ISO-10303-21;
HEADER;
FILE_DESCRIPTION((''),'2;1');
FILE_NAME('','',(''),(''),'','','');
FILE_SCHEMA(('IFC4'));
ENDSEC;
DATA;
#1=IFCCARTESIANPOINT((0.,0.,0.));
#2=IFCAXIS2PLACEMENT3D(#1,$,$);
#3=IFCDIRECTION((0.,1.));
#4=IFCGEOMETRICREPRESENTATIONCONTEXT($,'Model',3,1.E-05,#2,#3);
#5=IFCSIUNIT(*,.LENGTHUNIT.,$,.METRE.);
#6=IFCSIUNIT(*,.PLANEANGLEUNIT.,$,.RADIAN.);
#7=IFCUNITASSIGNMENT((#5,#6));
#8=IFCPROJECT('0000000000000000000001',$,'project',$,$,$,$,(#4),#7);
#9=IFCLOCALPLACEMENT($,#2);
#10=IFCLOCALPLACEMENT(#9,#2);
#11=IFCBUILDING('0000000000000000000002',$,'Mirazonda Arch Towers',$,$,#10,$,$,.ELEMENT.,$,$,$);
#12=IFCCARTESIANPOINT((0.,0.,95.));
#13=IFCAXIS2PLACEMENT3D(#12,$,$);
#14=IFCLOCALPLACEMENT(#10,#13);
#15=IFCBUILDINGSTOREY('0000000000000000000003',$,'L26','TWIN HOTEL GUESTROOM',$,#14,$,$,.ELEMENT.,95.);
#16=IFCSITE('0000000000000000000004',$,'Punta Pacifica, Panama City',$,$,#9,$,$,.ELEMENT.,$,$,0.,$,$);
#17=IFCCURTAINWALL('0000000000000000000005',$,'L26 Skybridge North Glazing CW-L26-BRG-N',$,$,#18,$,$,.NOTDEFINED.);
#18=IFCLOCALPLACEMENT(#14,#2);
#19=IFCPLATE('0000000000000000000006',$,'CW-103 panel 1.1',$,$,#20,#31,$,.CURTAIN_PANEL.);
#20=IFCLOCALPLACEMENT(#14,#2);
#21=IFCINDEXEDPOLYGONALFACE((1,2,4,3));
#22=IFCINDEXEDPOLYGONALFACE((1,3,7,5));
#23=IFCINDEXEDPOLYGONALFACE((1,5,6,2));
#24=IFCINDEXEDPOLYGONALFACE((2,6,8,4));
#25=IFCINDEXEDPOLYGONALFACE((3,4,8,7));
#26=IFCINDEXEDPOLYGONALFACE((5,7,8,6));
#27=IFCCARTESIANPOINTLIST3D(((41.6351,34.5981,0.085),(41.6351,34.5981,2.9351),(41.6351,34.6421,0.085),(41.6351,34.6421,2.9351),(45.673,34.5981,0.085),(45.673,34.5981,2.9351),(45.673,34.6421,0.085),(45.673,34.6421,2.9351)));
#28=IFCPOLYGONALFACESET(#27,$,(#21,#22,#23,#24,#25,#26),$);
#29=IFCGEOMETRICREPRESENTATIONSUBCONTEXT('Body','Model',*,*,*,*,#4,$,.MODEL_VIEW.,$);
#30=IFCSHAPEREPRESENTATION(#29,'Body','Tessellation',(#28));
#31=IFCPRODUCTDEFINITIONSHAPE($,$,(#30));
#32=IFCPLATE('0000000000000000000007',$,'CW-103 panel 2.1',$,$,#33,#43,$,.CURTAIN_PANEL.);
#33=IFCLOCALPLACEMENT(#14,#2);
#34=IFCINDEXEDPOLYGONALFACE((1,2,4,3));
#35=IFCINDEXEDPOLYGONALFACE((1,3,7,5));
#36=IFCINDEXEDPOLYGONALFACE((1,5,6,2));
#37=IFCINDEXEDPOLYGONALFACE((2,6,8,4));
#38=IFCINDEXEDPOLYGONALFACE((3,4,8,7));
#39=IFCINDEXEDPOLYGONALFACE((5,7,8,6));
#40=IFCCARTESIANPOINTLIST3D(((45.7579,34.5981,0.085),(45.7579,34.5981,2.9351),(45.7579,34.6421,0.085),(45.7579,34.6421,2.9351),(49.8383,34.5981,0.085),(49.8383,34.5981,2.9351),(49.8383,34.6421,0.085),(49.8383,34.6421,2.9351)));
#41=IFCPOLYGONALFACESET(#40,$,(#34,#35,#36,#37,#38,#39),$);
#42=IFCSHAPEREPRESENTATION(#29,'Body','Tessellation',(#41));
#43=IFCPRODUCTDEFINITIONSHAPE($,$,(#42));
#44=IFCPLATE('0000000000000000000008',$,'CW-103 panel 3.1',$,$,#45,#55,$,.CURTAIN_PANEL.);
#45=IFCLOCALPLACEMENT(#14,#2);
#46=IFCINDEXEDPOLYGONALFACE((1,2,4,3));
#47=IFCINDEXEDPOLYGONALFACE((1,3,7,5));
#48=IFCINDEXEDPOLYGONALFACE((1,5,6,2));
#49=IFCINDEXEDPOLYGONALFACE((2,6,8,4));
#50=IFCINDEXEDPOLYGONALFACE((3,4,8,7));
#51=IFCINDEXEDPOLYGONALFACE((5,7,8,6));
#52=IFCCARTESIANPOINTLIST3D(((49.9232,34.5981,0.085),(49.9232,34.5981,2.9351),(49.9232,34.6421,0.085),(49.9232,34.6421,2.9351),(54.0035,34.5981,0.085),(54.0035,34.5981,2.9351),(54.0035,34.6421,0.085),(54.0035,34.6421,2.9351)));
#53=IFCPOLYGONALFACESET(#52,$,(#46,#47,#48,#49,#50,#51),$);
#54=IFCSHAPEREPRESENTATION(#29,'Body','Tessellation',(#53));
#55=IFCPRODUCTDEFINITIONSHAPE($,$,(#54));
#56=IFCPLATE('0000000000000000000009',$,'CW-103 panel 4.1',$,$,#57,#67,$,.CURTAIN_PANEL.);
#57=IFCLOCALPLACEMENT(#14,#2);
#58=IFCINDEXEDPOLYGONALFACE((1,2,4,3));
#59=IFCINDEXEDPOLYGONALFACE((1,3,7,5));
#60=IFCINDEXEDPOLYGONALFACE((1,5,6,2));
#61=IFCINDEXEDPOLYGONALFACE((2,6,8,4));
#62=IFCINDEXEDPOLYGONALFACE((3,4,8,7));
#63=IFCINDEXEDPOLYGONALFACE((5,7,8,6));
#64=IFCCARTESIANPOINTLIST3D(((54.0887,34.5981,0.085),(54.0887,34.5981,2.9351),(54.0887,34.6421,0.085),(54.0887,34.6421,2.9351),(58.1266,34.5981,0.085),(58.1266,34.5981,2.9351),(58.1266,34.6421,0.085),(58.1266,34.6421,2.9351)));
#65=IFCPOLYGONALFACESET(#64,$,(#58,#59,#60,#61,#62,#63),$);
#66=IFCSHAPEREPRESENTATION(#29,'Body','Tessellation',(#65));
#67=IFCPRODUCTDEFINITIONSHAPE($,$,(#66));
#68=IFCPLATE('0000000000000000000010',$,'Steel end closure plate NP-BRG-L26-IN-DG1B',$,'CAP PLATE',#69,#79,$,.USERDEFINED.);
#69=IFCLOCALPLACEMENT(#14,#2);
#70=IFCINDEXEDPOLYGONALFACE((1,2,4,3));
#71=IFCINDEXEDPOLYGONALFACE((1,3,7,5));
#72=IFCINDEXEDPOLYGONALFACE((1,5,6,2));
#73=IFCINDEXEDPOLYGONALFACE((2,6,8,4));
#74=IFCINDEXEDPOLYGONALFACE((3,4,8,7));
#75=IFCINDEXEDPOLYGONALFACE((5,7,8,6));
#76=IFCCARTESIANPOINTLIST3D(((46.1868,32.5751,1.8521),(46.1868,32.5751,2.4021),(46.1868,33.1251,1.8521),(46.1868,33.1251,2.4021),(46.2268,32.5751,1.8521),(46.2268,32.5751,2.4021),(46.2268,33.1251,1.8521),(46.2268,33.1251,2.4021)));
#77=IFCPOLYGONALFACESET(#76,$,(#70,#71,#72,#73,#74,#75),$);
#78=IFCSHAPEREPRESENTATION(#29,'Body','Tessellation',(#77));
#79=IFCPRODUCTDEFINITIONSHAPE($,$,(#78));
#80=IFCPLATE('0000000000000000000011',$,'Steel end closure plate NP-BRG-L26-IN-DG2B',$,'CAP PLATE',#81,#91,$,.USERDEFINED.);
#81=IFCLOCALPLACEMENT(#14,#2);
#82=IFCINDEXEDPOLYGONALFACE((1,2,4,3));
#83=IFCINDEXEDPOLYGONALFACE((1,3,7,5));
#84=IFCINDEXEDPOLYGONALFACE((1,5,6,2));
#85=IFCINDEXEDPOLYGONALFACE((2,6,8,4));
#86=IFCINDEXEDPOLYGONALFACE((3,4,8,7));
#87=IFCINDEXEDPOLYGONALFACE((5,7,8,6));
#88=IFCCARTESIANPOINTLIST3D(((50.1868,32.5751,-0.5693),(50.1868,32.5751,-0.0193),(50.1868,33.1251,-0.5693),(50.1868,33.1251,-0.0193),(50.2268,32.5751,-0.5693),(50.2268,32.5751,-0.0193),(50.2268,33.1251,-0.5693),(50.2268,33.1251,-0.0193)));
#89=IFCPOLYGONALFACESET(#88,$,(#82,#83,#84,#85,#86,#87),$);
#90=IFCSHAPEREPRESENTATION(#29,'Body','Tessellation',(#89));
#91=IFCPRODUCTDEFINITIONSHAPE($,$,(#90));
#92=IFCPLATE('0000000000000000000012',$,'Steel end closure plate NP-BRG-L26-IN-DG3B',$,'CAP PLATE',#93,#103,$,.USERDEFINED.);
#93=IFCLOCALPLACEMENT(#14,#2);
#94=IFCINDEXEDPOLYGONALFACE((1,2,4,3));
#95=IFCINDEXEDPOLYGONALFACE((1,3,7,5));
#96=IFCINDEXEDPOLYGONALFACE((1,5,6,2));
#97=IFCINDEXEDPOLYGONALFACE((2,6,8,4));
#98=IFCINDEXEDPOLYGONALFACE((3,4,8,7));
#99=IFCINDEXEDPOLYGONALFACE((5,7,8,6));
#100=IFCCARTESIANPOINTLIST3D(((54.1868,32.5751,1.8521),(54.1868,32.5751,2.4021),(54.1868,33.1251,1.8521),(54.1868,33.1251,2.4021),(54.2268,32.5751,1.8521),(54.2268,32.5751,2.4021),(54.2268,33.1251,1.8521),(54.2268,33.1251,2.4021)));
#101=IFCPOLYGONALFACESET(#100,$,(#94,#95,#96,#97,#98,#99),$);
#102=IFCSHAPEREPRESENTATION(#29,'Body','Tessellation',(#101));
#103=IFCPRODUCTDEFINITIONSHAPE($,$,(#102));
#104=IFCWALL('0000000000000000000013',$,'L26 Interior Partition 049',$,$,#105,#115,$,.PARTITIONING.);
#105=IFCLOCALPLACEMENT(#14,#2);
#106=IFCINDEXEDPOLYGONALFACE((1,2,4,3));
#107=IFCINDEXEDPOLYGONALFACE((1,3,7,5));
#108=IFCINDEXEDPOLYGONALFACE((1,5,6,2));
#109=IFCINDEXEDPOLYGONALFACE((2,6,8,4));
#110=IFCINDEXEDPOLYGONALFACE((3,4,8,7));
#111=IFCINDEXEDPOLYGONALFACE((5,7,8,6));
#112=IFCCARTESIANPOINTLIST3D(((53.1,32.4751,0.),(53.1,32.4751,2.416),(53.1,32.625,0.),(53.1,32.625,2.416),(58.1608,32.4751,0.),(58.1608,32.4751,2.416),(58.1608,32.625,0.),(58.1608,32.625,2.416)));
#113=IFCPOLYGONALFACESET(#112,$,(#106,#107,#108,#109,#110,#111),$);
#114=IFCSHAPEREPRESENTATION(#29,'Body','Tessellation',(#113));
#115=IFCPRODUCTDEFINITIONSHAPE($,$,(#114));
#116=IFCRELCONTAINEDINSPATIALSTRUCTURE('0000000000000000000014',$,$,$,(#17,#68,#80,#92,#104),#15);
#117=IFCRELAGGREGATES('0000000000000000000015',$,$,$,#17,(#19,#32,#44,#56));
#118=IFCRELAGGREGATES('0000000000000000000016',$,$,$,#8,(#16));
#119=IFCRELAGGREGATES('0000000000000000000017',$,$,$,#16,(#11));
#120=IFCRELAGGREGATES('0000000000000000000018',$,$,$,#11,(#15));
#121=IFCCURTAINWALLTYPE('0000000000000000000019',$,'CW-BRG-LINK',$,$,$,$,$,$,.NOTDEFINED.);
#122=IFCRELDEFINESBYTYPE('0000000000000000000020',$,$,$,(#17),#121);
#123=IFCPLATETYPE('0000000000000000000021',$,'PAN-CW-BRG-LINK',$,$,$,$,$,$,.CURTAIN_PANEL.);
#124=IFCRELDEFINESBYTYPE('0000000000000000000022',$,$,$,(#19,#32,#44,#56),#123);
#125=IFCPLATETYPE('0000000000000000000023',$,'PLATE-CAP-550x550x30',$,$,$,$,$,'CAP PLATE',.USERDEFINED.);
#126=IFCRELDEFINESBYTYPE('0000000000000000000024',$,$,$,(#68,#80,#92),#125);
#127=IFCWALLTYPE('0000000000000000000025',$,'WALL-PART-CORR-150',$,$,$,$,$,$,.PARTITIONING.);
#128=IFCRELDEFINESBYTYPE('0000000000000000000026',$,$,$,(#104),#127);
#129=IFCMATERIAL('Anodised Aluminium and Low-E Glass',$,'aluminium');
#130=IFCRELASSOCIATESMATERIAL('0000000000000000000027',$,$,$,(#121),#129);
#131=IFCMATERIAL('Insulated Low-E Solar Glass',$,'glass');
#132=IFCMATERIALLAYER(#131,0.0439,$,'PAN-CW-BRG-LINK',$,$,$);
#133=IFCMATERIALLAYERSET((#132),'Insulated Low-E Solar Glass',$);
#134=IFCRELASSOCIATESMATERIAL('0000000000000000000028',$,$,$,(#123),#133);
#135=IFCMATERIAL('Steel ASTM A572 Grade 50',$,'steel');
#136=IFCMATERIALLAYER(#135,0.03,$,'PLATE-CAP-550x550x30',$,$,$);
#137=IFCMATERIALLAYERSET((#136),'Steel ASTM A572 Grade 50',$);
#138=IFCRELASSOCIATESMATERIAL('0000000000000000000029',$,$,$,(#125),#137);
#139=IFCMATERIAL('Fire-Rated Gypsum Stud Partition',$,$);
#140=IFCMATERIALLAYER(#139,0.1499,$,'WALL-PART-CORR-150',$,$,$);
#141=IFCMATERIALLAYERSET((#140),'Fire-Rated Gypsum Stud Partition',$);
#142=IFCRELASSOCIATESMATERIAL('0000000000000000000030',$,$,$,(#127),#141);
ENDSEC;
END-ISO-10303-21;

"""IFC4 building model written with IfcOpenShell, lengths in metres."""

from ifc_helpers import new_model, si_unit, direction, frame, frame_2d, origin, origin_2d, place, context, subcontext, project, spatial, rectangle, extrude, material, layer, layer_set, type_object, element, aggregate, save


model = new_model("IFC4")

# Units and contexts
model_context = context("Model", 3, precision=1e-05, world=origin(), true_north=direction((0.0, 1.0)))
body_context = subcontext(model_context, "Body", "Model", "MODEL_VIEW")
ifc_project = project(units=[si_unit("LENGTHUNIT", "METRE"), si_unit("PLANEANGLEUNIT", "RADIAN")], contexts=[model_context])

# Site, building, storey
site_placement = place(None, origin())
site = spatial("IfcSite", under=ifc_project, at=site_placement, Name="Punta Pacifica, Panama City", CompositionType="ELEMENT", RefElevation=0.0)
building_placement = place(site_placement, origin())
building = spatial("IfcBuilding", under=site, at=building_placement, Name="Mirazonda Arch Towers", CompositionType="ELEMENT")
storey_placement = place(building_placement, frame((0.0, 0.0, 95.0)))
storey = spatial("IfcBuildingStorey", under=building, at=storey_placement, Name="L26", Description="TWIN HOTEL GUESTROOM", CompositionType="ELEMENT", Elevation=95.0)

# Shared definitions
ifc_material_1 = material(Name="Steel ASTM A572 Grade 50", Category="steel")

# Curtain wall, plates
ifc_material_2 = material(Name="Anodised Aluminium and Low-E Glass", Category="aluminium")
curtain_wall_type = type_object("IfcCurtainWallType", Name="CW-BRG-LINK", PredefinedType="NOTDEFINED", material=ifc_material_2)
curtain_wall_placement = place(storey_placement, origin())
curtain_wall = element("IfcCurtainWall", 1, at=curtain_wall_placement, inside=storey, type_object=curtain_wall_type, Name="L26 Skybridge North Glazing CW-L26-BRG-N", PredefinedType="NOTDEFINED")
ifc_material_3 = material(Name="Insulated Low-E Solar Glass", Category="glass")
ifc_layer_1 = layer(ifc_material_3, 0.0439, Name="PAN-CW-BRG-LINK")
ifc_layer_set_1 = layer_set([ifc_layer_1], Name="Insulated Low-E Solar Glass")
plate_type_1 = type_object("IfcPlateType", Name="PAN-CW-BRG-LINK", PredefinedType="CURTAIN_PANEL", material=ifc_layer_set_1)
plate_1_placement = place(storey_placement, frame((43.6541, 34.6201, 0.085), z_axis=(0.0, 0.0, 1.0), x_axis=(1.0, 0.0, 0.0)))
plate_1 = element("IfcPlate", 2, at=plate_1_placement, type_object=plate_type_1, Name="CW-103 panel 1.1", PredefinedType="CURTAIN_PANEL", context=body_context, shape_type="SweptSolid", body=[
    extrude(rectangle(XDim=4.0378, YDim=0.0439, at=origin_2d()), origin(), (0.0, 0.0, 1.0), 2.8501),
])
plate_2_placement = place(storey_placement, frame((47.7981, 34.6201, 0.085), z_axis=(0.0, 0.0, 1.0), x_axis=(1.0, 0.0, 0.0)))
plate_2 = element("IfcPlate", 3, at=plate_2_placement, type_object=plate_type_1, Name="CW-103 panel 2.1", PredefinedType="CURTAIN_PANEL", context=body_context, shape_type="SweptSolid", body=[
    extrude(rectangle(XDim=4.0803, YDim=0.0439, at=origin_2d()), origin(), (0.0, 0.0, 1.0), 2.8501),
])
plate_3_placement = place(storey_placement, frame((51.9634, 34.6201, 0.085), z_axis=(0.0, 0.0, 1.0), x_axis=(1.0, 0.0, 0.0)))
plate_3 = element("IfcPlate", 4, at=plate_3_placement, type_object=plate_type_1, Name="CW-103 panel 3.1", PredefinedType="CURTAIN_PANEL", context=body_context, shape_type="SweptSolid", body=[
    extrude(rectangle(XDim=4.0803, YDim=0.0439, at=origin_2d()), origin(), (0.0, 0.0, 1.0), 2.8501),
])
plate_4_placement = place(storey_placement, frame((56.1077, 34.6201, 0.085), z_axis=(0.0, 0.0, 1.0), x_axis=(1.0, 0.0, 0.0)))
plate_4 = element("IfcPlate", 5, at=plate_4_placement, type_object=plate_type_1, Name="CW-103 panel 4.1", PredefinedType="CURTAIN_PANEL", context=body_context, shape_type="SweptSolid", body=[
    extrude(rectangle(XDim=4.0378, YDim=0.0439, at=origin_2d()), origin(), (0.0, 0.0, 1.0), 2.8501),
])
aggregate(curtain_wall, [plate_1, plate_2, plate_3, plate_4])

# Plates
ifc_layer_2 = layer(ifc_material_1, 0.03, Name="PLATE-CAP-550x550x30")
ifc_layer_set_2 = layer_set([ifc_layer_2], Name="Steel ASTM A572 Grade 50")
plate_type_2 = type_object("IfcPlateType", Name="PLATE-CAP-550x550x30", ElementType="CAP PLATE", PredefinedType="USERDEFINED", material=ifc_layer_set_2)
for number, where, z_axis, x_axis, name in (
    (6, (46.2068, 32.8501, 1.8521), (0.0, 0.0, 1.0), (1.0, 0.0, 0.0), "Steel end closure plate NP-BRG-L26-IN-DG1B"),
    (7, (50.2068, 32.8501, -0.5693), (0.0, 0.0, 1.0), (1.0, 0.0, 0.0), "Steel end closure plate NP-BRG-L26-IN-DG2B"),
    (8, (54.2068, 32.8501, 1.8521), (0.0, 0.0, 1.0), (1.0, 0.0, 0.0), "Steel end closure plate NP-BRG-L26-IN-DG3B"),
):
    element("IfcPlate", number, at=place(storey_placement, frame(where, z_axis=z_axis, x_axis=x_axis)), inside=storey, type_object=plate_type_2, Name=name, ObjectType="CAP PLATE", PredefinedType="USERDEFINED", context=body_context, shape_type="SweptSolid", body=[
        extrude(rectangle(XDim=0.04, YDim=0.55, at=origin_2d()), origin(), (0.0, 0.0, 1.0), 0.55),
    ])

# Wall
ifc_material_4 = material(Name="Fire-Rated Gypsum Stud Partition")
ifc_layer_3 = layer(ifc_material_4, 0.1499, Name="WALL-PART-CORR-150")
ifc_layer_set_3 = layer_set([ifc_layer_3], Name="Fire-Rated Gypsum Stud Partition")
wall_type = type_object("IfcWallType", Name="WALL-PART-CORR-150", PredefinedType="PARTITIONING", material=ifc_layer_set_3)
wall_placement = place(storey_placement, frame((53.1001, 32.55, 0.0), z_axis=(0.0, 0.0, 1.0), x_axis=(1.0, 0.0, 0.0)))
element("IfcWall", 9, at=wall_placement, inside=storey, type_object=wall_type, Name="L26 Interior Partition 049", PredefinedType="PARTITIONING", context=body_context, shape_type="SweptSolid", body=[
    extrude(rectangle(XDim=5.0608, YDim=0.1499, at=frame_2d((2.5303, 0.0))), origin(), (0.0, 0.0, 1.0), 2.416),
])

save(model, "model.ifc")
